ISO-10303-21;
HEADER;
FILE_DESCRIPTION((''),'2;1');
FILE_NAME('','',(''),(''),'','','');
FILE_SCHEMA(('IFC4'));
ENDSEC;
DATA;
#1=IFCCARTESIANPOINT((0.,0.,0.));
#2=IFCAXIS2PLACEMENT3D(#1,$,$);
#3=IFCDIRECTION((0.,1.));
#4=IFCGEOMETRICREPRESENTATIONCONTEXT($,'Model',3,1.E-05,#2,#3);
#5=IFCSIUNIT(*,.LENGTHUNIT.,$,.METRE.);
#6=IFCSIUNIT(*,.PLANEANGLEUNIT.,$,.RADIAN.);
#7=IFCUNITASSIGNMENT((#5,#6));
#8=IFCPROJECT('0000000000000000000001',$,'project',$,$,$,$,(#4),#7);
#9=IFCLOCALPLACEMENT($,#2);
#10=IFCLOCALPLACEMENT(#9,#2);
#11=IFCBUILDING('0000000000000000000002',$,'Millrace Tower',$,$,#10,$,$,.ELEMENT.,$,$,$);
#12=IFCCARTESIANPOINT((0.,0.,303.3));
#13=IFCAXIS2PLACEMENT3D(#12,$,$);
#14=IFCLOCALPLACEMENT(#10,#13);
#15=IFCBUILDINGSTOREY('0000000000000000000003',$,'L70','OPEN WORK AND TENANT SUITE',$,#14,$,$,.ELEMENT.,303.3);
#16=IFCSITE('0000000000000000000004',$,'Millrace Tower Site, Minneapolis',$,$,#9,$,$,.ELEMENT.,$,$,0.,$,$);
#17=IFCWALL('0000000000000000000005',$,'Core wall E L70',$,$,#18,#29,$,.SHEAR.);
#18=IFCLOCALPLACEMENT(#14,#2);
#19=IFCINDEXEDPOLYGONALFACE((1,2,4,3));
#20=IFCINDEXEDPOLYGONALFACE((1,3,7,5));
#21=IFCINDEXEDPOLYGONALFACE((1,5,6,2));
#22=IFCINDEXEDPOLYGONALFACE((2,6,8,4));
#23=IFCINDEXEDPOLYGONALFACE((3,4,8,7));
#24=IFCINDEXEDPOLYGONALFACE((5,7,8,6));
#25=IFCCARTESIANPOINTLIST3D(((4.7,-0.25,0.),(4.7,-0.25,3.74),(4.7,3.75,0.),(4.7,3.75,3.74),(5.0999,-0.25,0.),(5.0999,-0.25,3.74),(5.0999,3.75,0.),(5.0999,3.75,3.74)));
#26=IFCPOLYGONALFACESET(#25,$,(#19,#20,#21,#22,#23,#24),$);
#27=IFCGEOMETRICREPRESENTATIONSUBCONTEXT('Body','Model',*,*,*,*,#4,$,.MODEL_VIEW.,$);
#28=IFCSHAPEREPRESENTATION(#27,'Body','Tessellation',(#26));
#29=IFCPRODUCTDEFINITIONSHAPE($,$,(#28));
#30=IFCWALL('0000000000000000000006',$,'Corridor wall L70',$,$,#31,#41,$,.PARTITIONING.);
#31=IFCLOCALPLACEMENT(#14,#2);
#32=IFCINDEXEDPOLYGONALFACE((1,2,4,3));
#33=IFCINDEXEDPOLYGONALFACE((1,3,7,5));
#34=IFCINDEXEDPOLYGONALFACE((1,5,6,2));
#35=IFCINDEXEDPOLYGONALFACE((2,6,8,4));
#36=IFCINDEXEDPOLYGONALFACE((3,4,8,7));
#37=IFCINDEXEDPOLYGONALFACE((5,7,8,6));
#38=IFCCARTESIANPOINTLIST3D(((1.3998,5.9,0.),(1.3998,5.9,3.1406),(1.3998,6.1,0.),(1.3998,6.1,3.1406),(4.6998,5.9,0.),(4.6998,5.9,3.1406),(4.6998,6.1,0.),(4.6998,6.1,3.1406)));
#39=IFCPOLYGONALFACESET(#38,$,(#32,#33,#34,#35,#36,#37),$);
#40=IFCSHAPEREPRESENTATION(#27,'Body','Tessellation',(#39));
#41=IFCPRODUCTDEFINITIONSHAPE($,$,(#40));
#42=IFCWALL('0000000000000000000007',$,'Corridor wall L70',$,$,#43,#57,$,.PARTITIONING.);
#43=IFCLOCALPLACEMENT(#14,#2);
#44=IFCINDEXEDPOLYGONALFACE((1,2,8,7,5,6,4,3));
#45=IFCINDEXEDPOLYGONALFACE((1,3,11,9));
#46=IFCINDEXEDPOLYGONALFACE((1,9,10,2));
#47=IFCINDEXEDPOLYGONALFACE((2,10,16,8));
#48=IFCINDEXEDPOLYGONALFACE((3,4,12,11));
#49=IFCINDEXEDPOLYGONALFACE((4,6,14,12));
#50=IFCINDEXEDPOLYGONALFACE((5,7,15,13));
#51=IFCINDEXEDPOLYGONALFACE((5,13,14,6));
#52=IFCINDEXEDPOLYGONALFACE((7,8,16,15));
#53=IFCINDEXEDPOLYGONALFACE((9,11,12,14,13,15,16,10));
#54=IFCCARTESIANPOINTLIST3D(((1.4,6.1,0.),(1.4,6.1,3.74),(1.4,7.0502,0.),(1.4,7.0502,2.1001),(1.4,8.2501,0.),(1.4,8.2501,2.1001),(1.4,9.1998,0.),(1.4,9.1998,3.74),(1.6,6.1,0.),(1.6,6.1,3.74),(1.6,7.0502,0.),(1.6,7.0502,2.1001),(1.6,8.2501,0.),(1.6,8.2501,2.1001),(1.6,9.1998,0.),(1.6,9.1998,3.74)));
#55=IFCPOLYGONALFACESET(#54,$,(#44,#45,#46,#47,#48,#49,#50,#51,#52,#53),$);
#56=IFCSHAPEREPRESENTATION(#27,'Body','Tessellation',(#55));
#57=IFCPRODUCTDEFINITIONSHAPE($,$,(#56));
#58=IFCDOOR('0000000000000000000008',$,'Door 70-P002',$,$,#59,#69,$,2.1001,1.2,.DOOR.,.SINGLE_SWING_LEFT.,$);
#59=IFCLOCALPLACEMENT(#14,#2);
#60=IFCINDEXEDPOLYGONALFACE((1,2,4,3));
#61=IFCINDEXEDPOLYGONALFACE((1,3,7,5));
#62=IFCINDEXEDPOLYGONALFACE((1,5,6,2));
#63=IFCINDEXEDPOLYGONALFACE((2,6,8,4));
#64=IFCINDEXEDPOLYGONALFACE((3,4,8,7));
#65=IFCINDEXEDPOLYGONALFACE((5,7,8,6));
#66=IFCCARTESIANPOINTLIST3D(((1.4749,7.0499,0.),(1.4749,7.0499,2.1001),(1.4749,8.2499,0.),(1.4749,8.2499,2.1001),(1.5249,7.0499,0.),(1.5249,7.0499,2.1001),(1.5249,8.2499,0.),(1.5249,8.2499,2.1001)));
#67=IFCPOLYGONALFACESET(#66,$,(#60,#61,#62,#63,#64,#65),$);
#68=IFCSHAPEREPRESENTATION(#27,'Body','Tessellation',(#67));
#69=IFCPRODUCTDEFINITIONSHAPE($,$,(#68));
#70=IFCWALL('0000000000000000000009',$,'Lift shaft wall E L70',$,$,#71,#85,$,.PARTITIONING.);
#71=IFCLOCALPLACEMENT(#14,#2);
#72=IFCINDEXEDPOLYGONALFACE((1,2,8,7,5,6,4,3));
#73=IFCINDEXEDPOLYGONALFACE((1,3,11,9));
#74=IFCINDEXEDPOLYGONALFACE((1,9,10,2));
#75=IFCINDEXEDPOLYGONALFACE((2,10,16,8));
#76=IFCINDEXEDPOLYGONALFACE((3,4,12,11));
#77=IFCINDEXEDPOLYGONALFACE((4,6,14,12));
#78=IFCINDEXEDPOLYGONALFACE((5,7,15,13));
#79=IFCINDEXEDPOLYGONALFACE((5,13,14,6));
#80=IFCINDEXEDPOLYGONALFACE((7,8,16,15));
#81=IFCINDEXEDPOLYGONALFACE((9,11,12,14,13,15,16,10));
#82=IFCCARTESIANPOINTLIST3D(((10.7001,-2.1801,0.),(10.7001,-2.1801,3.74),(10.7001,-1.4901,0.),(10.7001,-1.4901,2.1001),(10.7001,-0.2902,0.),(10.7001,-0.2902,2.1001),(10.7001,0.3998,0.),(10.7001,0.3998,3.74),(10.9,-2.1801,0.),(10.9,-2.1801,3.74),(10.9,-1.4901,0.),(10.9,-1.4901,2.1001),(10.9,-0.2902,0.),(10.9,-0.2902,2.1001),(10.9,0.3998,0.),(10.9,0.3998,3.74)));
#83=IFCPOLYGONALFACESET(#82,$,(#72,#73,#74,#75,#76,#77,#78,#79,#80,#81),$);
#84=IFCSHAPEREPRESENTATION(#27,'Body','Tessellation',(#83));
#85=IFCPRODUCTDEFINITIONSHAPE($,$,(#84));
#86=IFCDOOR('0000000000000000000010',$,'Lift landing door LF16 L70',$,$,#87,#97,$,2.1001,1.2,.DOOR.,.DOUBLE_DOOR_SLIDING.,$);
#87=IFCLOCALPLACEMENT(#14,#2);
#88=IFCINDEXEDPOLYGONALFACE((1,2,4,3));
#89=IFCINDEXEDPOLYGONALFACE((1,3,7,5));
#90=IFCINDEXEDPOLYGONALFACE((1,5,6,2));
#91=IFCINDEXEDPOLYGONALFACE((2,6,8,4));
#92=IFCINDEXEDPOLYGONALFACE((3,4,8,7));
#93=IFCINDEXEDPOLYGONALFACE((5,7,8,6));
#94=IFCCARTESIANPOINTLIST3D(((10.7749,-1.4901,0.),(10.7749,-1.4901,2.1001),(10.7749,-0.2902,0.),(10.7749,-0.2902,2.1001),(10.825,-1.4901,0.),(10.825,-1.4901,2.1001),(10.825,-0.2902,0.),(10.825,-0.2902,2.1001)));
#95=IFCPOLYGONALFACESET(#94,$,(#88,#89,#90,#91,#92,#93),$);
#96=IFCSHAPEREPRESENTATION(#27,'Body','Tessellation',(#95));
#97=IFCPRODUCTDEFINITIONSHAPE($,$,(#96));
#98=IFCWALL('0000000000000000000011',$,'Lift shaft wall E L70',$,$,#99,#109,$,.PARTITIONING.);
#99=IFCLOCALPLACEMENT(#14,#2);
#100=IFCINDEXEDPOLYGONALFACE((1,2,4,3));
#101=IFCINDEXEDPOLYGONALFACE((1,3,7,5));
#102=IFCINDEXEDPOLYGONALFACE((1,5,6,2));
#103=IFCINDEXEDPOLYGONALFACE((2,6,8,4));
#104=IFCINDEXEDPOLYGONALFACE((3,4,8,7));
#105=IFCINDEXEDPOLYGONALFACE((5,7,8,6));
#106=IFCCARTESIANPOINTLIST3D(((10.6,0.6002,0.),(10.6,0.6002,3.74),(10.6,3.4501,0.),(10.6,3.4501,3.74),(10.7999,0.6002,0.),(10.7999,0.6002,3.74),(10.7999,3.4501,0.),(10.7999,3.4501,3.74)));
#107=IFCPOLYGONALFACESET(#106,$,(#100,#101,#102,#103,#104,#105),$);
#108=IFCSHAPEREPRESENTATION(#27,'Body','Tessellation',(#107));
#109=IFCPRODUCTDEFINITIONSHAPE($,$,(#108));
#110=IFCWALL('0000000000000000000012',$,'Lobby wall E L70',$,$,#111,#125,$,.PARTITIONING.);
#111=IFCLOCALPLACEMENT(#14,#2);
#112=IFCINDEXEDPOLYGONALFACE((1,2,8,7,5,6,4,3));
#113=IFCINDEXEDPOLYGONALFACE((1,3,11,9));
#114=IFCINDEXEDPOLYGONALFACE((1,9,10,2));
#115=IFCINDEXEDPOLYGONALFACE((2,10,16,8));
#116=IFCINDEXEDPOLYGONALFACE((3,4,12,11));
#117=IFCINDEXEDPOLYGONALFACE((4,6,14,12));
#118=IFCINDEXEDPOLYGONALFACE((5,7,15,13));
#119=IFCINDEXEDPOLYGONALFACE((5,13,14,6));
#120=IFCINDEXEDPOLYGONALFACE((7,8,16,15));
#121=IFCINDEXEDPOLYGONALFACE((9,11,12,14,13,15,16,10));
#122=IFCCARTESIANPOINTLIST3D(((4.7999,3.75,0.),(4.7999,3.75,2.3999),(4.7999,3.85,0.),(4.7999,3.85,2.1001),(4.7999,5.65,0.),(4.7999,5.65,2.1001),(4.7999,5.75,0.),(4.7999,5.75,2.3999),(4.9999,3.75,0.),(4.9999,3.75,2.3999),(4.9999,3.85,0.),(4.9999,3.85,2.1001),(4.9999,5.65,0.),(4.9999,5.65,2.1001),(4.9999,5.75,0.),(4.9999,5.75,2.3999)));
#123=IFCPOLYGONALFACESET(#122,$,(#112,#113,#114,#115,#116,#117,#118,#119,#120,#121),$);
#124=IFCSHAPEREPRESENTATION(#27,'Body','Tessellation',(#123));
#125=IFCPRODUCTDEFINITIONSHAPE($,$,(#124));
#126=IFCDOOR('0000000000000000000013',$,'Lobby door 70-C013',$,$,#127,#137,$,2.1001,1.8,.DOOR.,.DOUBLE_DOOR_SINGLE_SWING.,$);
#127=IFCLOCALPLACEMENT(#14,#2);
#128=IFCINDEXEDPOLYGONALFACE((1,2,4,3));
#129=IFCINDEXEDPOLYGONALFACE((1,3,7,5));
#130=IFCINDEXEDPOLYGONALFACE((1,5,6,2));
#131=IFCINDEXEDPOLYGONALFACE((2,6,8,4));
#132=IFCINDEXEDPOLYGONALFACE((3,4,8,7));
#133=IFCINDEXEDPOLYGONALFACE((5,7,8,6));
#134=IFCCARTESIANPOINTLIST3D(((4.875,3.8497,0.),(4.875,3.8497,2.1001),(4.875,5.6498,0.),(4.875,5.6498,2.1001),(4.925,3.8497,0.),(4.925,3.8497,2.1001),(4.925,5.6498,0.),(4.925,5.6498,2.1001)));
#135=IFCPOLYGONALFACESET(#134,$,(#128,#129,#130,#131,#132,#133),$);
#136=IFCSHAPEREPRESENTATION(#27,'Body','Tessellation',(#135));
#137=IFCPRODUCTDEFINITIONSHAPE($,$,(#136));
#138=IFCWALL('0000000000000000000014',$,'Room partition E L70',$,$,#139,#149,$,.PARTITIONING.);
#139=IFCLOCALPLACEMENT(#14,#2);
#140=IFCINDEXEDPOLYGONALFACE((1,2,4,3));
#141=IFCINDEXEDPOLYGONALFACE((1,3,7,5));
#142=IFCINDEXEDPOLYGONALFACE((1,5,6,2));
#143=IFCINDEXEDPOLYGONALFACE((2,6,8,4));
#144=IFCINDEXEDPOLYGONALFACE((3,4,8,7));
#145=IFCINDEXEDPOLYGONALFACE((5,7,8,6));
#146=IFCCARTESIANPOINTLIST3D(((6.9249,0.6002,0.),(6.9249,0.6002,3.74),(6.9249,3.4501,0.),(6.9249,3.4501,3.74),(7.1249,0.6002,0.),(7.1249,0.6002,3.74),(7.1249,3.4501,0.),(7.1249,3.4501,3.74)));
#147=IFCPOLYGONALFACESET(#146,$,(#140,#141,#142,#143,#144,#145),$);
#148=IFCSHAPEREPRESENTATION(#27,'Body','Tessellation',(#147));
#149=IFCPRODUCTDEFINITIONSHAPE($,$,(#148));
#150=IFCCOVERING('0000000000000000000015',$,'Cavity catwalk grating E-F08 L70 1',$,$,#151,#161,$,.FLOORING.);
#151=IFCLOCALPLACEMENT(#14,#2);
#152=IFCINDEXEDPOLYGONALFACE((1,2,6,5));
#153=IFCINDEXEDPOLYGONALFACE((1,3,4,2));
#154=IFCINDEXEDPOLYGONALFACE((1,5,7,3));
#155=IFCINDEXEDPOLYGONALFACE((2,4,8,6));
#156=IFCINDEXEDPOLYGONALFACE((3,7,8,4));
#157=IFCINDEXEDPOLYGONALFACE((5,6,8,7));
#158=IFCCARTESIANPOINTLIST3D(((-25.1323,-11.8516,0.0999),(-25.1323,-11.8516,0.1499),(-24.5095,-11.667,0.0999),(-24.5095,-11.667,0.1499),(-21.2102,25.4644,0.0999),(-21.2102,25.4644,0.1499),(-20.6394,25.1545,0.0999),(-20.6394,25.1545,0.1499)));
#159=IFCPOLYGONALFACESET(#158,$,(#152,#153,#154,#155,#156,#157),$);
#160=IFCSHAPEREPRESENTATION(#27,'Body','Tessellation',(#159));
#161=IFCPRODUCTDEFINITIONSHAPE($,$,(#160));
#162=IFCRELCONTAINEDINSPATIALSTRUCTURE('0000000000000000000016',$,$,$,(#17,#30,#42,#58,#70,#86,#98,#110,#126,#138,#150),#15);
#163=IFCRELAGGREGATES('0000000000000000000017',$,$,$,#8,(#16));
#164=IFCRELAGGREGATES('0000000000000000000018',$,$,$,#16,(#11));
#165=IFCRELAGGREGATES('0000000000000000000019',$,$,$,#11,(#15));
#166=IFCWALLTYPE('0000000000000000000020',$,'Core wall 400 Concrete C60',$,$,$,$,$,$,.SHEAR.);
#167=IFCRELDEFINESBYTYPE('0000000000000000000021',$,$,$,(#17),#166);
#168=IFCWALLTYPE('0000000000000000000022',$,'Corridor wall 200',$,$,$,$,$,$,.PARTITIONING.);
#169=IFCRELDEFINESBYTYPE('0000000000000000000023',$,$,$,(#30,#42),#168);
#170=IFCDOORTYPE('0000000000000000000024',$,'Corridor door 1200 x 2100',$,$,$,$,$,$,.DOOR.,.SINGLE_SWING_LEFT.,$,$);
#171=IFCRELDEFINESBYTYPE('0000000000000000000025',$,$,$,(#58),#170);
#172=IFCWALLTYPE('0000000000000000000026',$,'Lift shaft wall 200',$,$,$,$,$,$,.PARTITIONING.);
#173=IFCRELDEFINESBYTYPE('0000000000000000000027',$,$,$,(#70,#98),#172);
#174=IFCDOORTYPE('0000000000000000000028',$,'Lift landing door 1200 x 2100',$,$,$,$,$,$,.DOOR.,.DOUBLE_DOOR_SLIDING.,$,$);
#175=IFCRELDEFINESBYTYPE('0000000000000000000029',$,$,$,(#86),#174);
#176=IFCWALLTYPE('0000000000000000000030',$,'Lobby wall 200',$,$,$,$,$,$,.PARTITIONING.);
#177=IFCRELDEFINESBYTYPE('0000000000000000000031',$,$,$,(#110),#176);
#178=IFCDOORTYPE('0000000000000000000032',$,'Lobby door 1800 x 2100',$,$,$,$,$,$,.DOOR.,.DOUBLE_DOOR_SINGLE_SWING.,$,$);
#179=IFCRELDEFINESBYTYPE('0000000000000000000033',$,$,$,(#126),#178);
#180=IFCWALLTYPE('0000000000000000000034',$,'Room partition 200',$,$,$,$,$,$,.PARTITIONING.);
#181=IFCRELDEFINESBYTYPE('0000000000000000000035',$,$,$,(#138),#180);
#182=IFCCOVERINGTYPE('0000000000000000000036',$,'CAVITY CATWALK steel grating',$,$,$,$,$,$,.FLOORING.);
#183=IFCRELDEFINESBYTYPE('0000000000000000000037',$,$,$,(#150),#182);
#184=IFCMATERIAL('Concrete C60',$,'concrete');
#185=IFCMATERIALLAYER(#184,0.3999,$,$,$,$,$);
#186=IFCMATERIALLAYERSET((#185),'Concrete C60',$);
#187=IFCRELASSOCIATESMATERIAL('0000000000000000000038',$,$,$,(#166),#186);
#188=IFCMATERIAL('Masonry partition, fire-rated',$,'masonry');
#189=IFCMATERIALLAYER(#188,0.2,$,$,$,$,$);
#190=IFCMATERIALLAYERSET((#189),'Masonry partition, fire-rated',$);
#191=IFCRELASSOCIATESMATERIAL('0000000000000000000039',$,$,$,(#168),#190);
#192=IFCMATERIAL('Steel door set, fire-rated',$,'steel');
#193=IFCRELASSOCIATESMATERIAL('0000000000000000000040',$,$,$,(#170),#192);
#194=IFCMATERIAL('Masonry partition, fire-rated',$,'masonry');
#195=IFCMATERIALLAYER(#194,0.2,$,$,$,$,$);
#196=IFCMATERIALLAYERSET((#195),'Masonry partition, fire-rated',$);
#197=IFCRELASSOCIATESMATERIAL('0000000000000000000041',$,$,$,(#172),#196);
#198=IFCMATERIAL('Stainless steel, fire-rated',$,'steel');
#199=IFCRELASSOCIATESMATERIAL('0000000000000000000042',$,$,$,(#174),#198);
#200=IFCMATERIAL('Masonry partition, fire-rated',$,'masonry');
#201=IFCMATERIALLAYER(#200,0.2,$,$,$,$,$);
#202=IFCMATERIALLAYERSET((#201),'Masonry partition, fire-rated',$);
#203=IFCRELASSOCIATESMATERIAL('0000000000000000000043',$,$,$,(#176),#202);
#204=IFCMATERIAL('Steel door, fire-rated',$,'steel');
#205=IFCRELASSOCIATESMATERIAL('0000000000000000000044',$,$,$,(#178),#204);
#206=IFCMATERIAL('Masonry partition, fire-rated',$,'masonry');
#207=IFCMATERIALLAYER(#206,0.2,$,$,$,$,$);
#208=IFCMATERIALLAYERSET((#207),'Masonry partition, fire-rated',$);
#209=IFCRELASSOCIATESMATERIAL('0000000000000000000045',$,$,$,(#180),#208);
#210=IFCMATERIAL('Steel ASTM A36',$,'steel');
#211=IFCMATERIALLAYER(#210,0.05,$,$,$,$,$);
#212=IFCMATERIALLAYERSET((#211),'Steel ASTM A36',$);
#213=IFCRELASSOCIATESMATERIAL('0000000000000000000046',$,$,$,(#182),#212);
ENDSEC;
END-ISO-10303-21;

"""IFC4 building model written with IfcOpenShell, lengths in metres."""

from ifc_helpers import new_model, si_unit, direction, frame, frame_2d, origin, place, context, subcontext, project, spatial, polyline, rectangle, outline, extrude, material, layer, layer_set, type_object, element, fill, save


model = new_model("IFC4")

# Units and contexts
model_context = context("Model", 3, precision=1e-05, world=origin(), true_north=direction((0.0, 1.0)))
body_context = subcontext(model_context, "Body", "Model", "MODEL_VIEW")
ifc_project = project(units=[si_unit("LENGTHUNIT", "METRE"), si_unit("PLANEANGLEUNIT", "RADIAN")], contexts=[model_context])

# Site, building, storey
site_placement = place(None, origin())
site = spatial("IfcSite", under=ifc_project, at=site_placement, Name="Millrace Tower Site, Minneapolis", CompositionType="ELEMENT", RefElevation=0.0)
building_placement = place(site_placement, origin())
building = spatial("IfcBuilding", under=site, at=building_placement, Name="Millrace Tower", CompositionType="ELEMENT")
storey_placement = place(building_placement, frame((0.0, 0.0, 303.3)))
storey = spatial("IfcBuildingStorey", under=building, at=storey_placement, Name="L70", Description="OPEN WORK AND TENANT SUITE", CompositionType="ELEMENT", Elevation=303.3)

# Walls
ifc_material_1 = material(Name="Concrete C60", Category="concrete")
ifc_layer_1 = layer(ifc_material_1, 0.3999)
ifc_layer_set_1 = layer_set([ifc_layer_1], Name="Concrete C60")
wall_type_1 = type_object("IfcWallType", Name="Core wall 400 Concrete C60", PredefinedType="SHEAR", material=ifc_layer_set_1)
wall_1_placement = place(storey_placement, frame((4.8999, 3.75, 0.0), z_axis=(0.0, 0.0, 1.0), x_axis=(0.0, -1.0, 0.0)))
element("IfcWall", 1, at=wall_1_placement, inside=storey, type_object=wall_type_1, Name="Core wall E L70", PredefinedType="SHEAR", context=body_context, shape_type="SweptSolid", body=[
    extrude(rectangle(XDim=4.0, YDim=0.3999, at=frame_2d((2.0, 0.0))), origin(), (0.0, 0.0, 1.0), 3.74),
])
ifc_material_2 = material(Name="Masonry partition, fire-rated", Category="masonry")
ifc_layer_2 = layer(ifc_material_2, 0.2)
ifc_layer_set_2 = layer_set([ifc_layer_2], Name="Masonry partition, fire-rated")
wall_type_2 = type_object("IfcWallType", Name="Corridor wall 200", PredefinedType="PARTITIONING", material=ifc_layer_set_2)
wall_2_placement = place(storey_placement, frame((1.3999, 6.0, 0.0), z_axis=(0.0, 0.0, 1.0), x_axis=(1.0, 0.0, 0.0)))
element("IfcWall", 2, at=wall_2_placement, inside=storey, type_object=wall_type_2, Name="Corridor wall L70", PredefinedType="PARTITIONING", context=body_context, shape_type="SweptSolid", body=[
    extrude(rectangle(XDim=3.3, YDim=0.2, at=frame_2d((1.6499, 0.0))), origin(), (0.0, 0.0, 1.0), 3.1406),
])

# Walls, openings, doors
wall_3_placement = place(storey_placement, frame((1.5, 6.1001, 0.0), z_axis=(0.0, 0.0, 1.0), x_axis=(0.0, 1.0, 0.0)))
wall_3 = element("IfcWall", 3, at=wall_3_placement, inside=storey, type_object=wall_type_2, Name="Corridor wall L70", PredefinedType="PARTITIONING", context=body_context, shape_type="SweptSolid", body=[
    extrude(rectangle(XDim=3.0999, YDim=0.2, at=frame_2d((1.5498, 0.0))), origin(), (0.0, 0.0, 1.0), 3.74),
])
opening_1_placement = place(wall_3_placement, frame((0.95, 0.0, 0.0)))
opening_1 = element("IfcOpeningElement", 4, at=opening_1_placement, cuts=wall_3, PredefinedType="OPENING", context=body_context, shape_type="SweptSolid", body=[
    extrude(rectangle(XDim=1.2, YDim=2.1001, at=frame_2d((0.6001, 1.05))), frame((0.0, 0.1099, 0.0), z_axis=(0.0, -1.0, 0.0), x_axis=(1.0, 0.0, 0.0)), (0.0, 0.0, 1.0), 0.22),
])
ifc_material_3 = material(Name="Steel door set, fire-rated", Category="steel")
door_type_1 = type_object("IfcDoorType", Name="Corridor door 1200 x 2100", OperationType="SINGLE_SWING_LEFT", PredefinedType="DOOR", material=ifc_material_3)
door_1_placement = place(opening_1_placement, frame((1.2, 0.0, 0.0), z_axis=(0.0, 0.0, 1.0), x_axis=(-1.0, 0.0, 0.0)))
door_1 = element("IfcDoor", 5, at=door_1_placement, inside=storey, type_object=door_type_1, Name="Door 70-P002", OperationType="SINGLE_SWING_LEFT", OverallHeight=2.1001, OverallWidth=1.2, PredefinedType="DOOR", context=body_context, shape_type="SweptSolid", body=[
    extrude(rectangle(XDim=1.2, YDim=2.1001, at=frame_2d((0.6001, 1.05))), frame((0.0, 0.0249, 0.0), z_axis=(0.0, -1.0, 0.0), x_axis=(1.0, 0.0, 0.0)), (0.0, 0.0, 1.0), 0.05),
])
fill(opening_1, door_1)
ifc_material_4 = material(Name="Masonry partition, fire-rated", Category="masonry")
ifc_layer_3 = layer(ifc_material_4, 0.2)
ifc_layer_set_3 = layer_set([ifc_layer_3], Name="Masonry partition, fire-rated")
wall_type_3 = type_object("IfcWallType", Name="Lift shaft wall 200", PredefinedType="PARTITIONING", material=ifc_layer_set_3)
wall_4_placement = place(storey_placement, frame((10.8, 0.3999, 0.0), z_axis=(0.0, 0.0, 1.0), x_axis=(0.0, -1.0, 0.0)))
wall_4 = element("IfcWall", 6, at=wall_4_placement, inside=storey, type_object=wall_type_3, Name="Lift shaft wall E L70", PredefinedType="PARTITIONING", context=body_context, shape_type="SweptSolid", body=[
    extrude(rectangle(XDim=2.5798, YDim=0.2, at=frame_2d((1.29, 0.0))), origin(), (0.0, 0.0, 1.0), 3.74),
])
opening_2_placement = place(wall_4_placement, frame((0.6899, 0.0, 0.0)))
opening_2 = element("IfcOpeningElement", 7, at=opening_2_placement, cuts=wall_4, PredefinedType="OPENING", context=body_context, shape_type="SweptSolid", body=[
    extrude(rectangle(XDim=1.2, YDim=2.1001, at=frame_2d((0.6001, 1.05))), frame((0.0, 0.1099, 0.0), z_axis=(0.0, -1.0, 0.0), x_axis=(1.0, 0.0, 0.0)), (0.0, 0.0, 1.0), 0.22),
])
ifc_material_5 = material(Name="Stainless steel, fire-rated", Category="steel")
door_type_2 = type_object("IfcDoorType", Name="Lift landing door 1200 x 2100", OperationType="DOUBLE_DOOR_SLIDING", PredefinedType="DOOR", material=ifc_material_5)
door_2_placement = place(opening_2_placement, origin())
door_2 = element("IfcDoor", 8, at=door_2_placement, inside=storey, type_object=door_type_2, Name="Lift landing door LF16 L70", OperationType="DOUBLE_DOOR_SLIDING", OverallHeight=2.1001, OverallWidth=1.2, PredefinedType="DOOR", context=body_context, shape_type="SweptSolid", body=[
    extrude(rectangle(XDim=1.2, YDim=2.1001, at=frame_2d((0.6001, 1.05))), frame((0.0, 0.0249, 0.0), z_axis=(0.0, -1.0, 0.0), x_axis=(1.0, 0.0, 0.0)), (0.0, 0.0, 1.0), 0.05),
])
fill(opening_2, door_2)

# Wall
wall_5_placement = place(storey_placement, frame((10.7, 3.45, 0.0), z_axis=(0.0, 0.0, 1.0), x_axis=(0.0, -1.0, 0.0)))
element("IfcWall", 9, at=wall_5_placement, inside=storey, type_object=wall_type_3, Name="Lift shaft wall E L70", PredefinedType="PARTITIONING", context=body_context, shape_type="SweptSolid", body=[
    extrude(rectangle(XDim=2.8499, YDim=0.2, at=frame_2d((1.4248, 0.0))), origin(), (0.0, 0.0, 1.0), 3.74),
])

# Wall, opening, door
ifc_material_6 = material(Name="Masonry partition, fire-rated", Category="masonry")
ifc_layer_4 = layer(ifc_material_6, 0.2)
ifc_layer_set_4 = layer_set([ifc_layer_4], Name="Masonry partition, fire-rated")
wall_type_4 = type_object("IfcWallType", Name="Lobby wall 200", PredefinedType="PARTITIONING", material=ifc_layer_set_4)
wall_6_placement = place(storey_placement, frame((4.8999, 5.75, 0.0), z_axis=(0.0, 0.0, 1.0), x_axis=(0.0, -1.0, 0.0)))
wall_6 = element("IfcWall", 10, at=wall_6_placement, inside=storey, type_object=wall_type_4, Name="Lobby wall E L70", PredefinedType="PARTITIONING", context=body_context, shape_type="SweptSolid", body=[
    extrude(rectangle(XDim=2.0, YDim=0.2, at=frame_2d((1.0, 0.0))), origin(), (0.0, 0.0, 1.0), 2.3999),
])
opening_3_placement = place(wall_6_placement, frame((0.1001, 0.0, 0.0)))
opening_3 = element("IfcOpeningElement", 11, at=opening_3_placement, cuts=wall_6, PredefinedType="OPENING", context=body_context, shape_type="SweptSolid", body=[
    extrude(rectangle(XDim=1.8, YDim=2.1001, at=frame_2d((0.8999, 1.05))), frame((0.0, 0.1099, 0.0), z_axis=(0.0, -1.0, 0.0), x_axis=(1.0, 0.0, 0.0)), (0.0, 0.0, 1.0), 0.22),
])
ifc_material_7 = material(Name="Steel door, fire-rated", Category="steel")
door_type_3 = type_object("IfcDoorType", Name="Lobby door 1800 x 2100", OperationType="DOUBLE_DOOR_SINGLE_SWING", PredefinedType="DOOR", material=ifc_material_7)
door_3_placement = place(opening_3_placement, frame((1.8, 0.0, 0.0), z_axis=(0.0, 0.0, 1.0), x_axis=(-1.0, 0.0, 0.0)))
door_3 = element("IfcDoor", 12, at=door_3_placement, inside=storey, type_object=door_type_3, Name="Lobby door 70-C013", OperationType="DOUBLE_DOOR_SINGLE_SWING", OverallHeight=2.1001, OverallWidth=1.8, PredefinedType="DOOR", context=body_context, shape_type="SweptSolid", body=[
    extrude(rectangle(XDim=1.8, YDim=2.1001, at=frame_2d((0.8999, 1.05))), frame((0.0, 0.0249, 0.0), z_axis=(0.0, -1.0, 0.0), x_axis=(1.0, 0.0, 0.0)), (0.0, 0.0, 1.0), 0.05),
])
fill(opening_3, door_3)

# Wall
ifc_material_8 = material(Name="Masonry partition, fire-rated", Category="masonry")
ifc_layer_5 = layer(ifc_material_8, 0.2)
ifc_layer_set_5 = layer_set([ifc_layer_5], Name="Masonry partition, fire-rated")
wall_type_5 = type_object("IfcWallType", Name="Room partition 200", PredefinedType="PARTITIONING", material=ifc_layer_set_5)
wall_7_placement = place(storey_placement, frame((7.0249, 3.45, 0.0), z_axis=(0.0, 0.0, 1.0), x_axis=(0.0, -1.0, 0.0)))
element("IfcWall", 13, at=wall_7_placement, inside=storey, type_object=wall_type_5, Name="Room partition E L70", PredefinedType="PARTITIONING", context=body_context, shape_type="SweptSolid", body=[
    extrude(rectangle(XDim=2.8499, YDim=0.2, at=frame_2d((1.4248, 0.0))), origin(), (0.0, 0.0, 1.0), 3.74),
])

# Covering
ifc_material_9 = material(Name="Steel ASTM A36", Category="steel")
ifc_layer_6 = layer(ifc_material_9, 0.05)
ifc_layer_set_6 = layer_set([ifc_layer_6], Name="Steel ASTM A36")
covering_type = type_object("IfcCoveringType", Name="CAVITY CATWALK steel grating", PredefinedType="FLOORING", material=ifc_layer_set_6)
covering_placement = place(storey_placement, frame((0.0, 0.0, 0.0999)))
element("IfcCovering", 14, at=covering_placement, inside=storey, type_object=covering_type, Name="Cavity catwalk grating E-F08 L70 1", PredefinedType="FLOORING", context=body_context, shape_type="SweptSolid", body=[
    extrude(outline(polyline([(-21.2102, 25.4644), (-25.1323, -11.8516), (-24.5095, -11.667), (-20.6394, 25.1545), (-21.2102, 25.4644)])), origin(), (0.0, 0.0, 1.0), 0.05),
])

save(model, "model.ifc")
